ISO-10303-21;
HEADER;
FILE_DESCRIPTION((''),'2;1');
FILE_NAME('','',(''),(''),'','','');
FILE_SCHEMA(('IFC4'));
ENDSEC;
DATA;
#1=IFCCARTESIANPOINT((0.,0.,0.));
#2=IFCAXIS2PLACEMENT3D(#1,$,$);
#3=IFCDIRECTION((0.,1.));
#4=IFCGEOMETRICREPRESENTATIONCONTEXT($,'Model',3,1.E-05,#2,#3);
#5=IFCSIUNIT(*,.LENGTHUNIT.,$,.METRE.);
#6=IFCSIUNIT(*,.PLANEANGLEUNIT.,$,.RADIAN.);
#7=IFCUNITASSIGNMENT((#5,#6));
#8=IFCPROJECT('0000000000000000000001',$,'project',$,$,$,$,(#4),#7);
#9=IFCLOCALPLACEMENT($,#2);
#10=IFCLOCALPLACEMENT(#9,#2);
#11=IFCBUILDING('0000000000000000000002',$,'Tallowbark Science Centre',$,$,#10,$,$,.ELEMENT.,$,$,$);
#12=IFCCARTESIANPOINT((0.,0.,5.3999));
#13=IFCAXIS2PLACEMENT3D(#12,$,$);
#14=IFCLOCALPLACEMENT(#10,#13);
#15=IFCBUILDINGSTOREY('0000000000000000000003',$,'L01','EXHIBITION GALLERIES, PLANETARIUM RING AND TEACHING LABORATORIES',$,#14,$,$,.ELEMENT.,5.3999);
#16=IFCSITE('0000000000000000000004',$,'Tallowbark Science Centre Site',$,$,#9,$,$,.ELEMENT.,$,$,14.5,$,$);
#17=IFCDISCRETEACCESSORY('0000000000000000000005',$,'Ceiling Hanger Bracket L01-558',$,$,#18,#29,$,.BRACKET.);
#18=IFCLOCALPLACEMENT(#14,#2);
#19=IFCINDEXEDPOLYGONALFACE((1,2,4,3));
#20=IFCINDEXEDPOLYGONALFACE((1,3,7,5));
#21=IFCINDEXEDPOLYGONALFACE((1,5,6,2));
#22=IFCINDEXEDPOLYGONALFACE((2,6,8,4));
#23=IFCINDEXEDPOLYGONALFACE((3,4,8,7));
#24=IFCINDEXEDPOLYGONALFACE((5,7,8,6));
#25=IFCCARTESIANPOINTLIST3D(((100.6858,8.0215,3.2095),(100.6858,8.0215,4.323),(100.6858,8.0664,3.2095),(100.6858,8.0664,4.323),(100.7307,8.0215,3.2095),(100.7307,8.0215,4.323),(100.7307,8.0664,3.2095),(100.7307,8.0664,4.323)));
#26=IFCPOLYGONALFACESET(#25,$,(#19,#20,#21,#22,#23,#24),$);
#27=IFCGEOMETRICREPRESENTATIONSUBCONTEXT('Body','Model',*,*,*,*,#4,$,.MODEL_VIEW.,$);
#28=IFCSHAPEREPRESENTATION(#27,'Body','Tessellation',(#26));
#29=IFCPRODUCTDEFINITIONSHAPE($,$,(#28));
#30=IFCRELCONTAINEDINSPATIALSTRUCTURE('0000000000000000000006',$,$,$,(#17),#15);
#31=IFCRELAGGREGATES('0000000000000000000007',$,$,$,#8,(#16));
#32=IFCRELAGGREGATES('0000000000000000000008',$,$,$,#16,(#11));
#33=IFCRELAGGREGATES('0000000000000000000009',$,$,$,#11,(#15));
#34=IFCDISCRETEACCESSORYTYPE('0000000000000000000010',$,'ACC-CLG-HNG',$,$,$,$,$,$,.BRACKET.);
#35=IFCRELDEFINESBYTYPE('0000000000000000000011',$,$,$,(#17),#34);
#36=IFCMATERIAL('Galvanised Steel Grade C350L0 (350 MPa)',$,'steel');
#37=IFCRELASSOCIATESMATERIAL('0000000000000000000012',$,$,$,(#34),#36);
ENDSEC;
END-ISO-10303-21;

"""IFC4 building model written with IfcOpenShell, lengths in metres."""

from ifc_helpers import new_model, si_unit, direction, frame, origin, origin_2d, place, context, subcontext, project, spatial, rectangle, extrude, material, type_object, element, save


model = new_model("IFC4")

# Units and contexts
model_context = context("Model", 3, precision=1e-05, world=origin(), true_north=direction((0.0, 1.0)))
body_context = subcontext(model_context, "Body", "Model", "MODEL_VIEW")
ifc_project = project(units=[si_unit("LENGTHUNIT", "METRE"), si_unit("PLANEANGLEUNIT", "RADIAN")], contexts=[model_context])

# Site, building, storey
site_placement = place(None, origin())
site = spatial("IfcSite", under=ifc_project, at=site_placement, Name="Tallowbark Science Centre Site", CompositionType="ELEMENT", RefElevation=14.5)
building_placement = place(site_placement, origin())
building = spatial("IfcBuilding", under=site, at=building_placement, Name="Tallowbark Science Centre", CompositionType="ELEMENT")
storey_placement = place(building_placement, frame((0.0, 0.0, 5.3999)))
storey = spatial("IfcBuildingStorey", under=building, at=storey_placement, Name="L01", Description="EXHIBITION GALLERIES, PLANETARIUM RING AND TEACHING LABORATORIES", CompositionType="ELEMENT", Elevation=5.3999)

# Discrete accessory
ifc_material_1 = material(Name="Galvanised Steel Grade C350L0 (350 MPa)", Category="steel")
discrete_accessory_type_1 = type_object("IfcDiscreteAccessoryType", Name="ACC-CLG-HNG", PredefinedType="BRACKET", material=ifc_material_1)
discrete_accessory_1_placement = place(storey_placement, frame((100.7083, 8.0439, 3.2095), z_axis=(0.0, 0.0, 1.0), x_axis=(1.0, 0.0, 0.0)))
element("IfcDiscreteAccessory", 1, at=discrete_accessory_1_placement, inside=storey, type_object=discrete_accessory_type_1, Name="Ceiling Hanger Bracket L01-558", PredefinedType="BRACKET", context=body_context, shape_type="SweptSolid", body=[
    extrude(rectangle(XDim=0.0449, YDim=0.0449, at=origin_2d()), origin(), (0.0, 0.0, 1.0), 1.1135),
])

save(model, "model.ifc")
